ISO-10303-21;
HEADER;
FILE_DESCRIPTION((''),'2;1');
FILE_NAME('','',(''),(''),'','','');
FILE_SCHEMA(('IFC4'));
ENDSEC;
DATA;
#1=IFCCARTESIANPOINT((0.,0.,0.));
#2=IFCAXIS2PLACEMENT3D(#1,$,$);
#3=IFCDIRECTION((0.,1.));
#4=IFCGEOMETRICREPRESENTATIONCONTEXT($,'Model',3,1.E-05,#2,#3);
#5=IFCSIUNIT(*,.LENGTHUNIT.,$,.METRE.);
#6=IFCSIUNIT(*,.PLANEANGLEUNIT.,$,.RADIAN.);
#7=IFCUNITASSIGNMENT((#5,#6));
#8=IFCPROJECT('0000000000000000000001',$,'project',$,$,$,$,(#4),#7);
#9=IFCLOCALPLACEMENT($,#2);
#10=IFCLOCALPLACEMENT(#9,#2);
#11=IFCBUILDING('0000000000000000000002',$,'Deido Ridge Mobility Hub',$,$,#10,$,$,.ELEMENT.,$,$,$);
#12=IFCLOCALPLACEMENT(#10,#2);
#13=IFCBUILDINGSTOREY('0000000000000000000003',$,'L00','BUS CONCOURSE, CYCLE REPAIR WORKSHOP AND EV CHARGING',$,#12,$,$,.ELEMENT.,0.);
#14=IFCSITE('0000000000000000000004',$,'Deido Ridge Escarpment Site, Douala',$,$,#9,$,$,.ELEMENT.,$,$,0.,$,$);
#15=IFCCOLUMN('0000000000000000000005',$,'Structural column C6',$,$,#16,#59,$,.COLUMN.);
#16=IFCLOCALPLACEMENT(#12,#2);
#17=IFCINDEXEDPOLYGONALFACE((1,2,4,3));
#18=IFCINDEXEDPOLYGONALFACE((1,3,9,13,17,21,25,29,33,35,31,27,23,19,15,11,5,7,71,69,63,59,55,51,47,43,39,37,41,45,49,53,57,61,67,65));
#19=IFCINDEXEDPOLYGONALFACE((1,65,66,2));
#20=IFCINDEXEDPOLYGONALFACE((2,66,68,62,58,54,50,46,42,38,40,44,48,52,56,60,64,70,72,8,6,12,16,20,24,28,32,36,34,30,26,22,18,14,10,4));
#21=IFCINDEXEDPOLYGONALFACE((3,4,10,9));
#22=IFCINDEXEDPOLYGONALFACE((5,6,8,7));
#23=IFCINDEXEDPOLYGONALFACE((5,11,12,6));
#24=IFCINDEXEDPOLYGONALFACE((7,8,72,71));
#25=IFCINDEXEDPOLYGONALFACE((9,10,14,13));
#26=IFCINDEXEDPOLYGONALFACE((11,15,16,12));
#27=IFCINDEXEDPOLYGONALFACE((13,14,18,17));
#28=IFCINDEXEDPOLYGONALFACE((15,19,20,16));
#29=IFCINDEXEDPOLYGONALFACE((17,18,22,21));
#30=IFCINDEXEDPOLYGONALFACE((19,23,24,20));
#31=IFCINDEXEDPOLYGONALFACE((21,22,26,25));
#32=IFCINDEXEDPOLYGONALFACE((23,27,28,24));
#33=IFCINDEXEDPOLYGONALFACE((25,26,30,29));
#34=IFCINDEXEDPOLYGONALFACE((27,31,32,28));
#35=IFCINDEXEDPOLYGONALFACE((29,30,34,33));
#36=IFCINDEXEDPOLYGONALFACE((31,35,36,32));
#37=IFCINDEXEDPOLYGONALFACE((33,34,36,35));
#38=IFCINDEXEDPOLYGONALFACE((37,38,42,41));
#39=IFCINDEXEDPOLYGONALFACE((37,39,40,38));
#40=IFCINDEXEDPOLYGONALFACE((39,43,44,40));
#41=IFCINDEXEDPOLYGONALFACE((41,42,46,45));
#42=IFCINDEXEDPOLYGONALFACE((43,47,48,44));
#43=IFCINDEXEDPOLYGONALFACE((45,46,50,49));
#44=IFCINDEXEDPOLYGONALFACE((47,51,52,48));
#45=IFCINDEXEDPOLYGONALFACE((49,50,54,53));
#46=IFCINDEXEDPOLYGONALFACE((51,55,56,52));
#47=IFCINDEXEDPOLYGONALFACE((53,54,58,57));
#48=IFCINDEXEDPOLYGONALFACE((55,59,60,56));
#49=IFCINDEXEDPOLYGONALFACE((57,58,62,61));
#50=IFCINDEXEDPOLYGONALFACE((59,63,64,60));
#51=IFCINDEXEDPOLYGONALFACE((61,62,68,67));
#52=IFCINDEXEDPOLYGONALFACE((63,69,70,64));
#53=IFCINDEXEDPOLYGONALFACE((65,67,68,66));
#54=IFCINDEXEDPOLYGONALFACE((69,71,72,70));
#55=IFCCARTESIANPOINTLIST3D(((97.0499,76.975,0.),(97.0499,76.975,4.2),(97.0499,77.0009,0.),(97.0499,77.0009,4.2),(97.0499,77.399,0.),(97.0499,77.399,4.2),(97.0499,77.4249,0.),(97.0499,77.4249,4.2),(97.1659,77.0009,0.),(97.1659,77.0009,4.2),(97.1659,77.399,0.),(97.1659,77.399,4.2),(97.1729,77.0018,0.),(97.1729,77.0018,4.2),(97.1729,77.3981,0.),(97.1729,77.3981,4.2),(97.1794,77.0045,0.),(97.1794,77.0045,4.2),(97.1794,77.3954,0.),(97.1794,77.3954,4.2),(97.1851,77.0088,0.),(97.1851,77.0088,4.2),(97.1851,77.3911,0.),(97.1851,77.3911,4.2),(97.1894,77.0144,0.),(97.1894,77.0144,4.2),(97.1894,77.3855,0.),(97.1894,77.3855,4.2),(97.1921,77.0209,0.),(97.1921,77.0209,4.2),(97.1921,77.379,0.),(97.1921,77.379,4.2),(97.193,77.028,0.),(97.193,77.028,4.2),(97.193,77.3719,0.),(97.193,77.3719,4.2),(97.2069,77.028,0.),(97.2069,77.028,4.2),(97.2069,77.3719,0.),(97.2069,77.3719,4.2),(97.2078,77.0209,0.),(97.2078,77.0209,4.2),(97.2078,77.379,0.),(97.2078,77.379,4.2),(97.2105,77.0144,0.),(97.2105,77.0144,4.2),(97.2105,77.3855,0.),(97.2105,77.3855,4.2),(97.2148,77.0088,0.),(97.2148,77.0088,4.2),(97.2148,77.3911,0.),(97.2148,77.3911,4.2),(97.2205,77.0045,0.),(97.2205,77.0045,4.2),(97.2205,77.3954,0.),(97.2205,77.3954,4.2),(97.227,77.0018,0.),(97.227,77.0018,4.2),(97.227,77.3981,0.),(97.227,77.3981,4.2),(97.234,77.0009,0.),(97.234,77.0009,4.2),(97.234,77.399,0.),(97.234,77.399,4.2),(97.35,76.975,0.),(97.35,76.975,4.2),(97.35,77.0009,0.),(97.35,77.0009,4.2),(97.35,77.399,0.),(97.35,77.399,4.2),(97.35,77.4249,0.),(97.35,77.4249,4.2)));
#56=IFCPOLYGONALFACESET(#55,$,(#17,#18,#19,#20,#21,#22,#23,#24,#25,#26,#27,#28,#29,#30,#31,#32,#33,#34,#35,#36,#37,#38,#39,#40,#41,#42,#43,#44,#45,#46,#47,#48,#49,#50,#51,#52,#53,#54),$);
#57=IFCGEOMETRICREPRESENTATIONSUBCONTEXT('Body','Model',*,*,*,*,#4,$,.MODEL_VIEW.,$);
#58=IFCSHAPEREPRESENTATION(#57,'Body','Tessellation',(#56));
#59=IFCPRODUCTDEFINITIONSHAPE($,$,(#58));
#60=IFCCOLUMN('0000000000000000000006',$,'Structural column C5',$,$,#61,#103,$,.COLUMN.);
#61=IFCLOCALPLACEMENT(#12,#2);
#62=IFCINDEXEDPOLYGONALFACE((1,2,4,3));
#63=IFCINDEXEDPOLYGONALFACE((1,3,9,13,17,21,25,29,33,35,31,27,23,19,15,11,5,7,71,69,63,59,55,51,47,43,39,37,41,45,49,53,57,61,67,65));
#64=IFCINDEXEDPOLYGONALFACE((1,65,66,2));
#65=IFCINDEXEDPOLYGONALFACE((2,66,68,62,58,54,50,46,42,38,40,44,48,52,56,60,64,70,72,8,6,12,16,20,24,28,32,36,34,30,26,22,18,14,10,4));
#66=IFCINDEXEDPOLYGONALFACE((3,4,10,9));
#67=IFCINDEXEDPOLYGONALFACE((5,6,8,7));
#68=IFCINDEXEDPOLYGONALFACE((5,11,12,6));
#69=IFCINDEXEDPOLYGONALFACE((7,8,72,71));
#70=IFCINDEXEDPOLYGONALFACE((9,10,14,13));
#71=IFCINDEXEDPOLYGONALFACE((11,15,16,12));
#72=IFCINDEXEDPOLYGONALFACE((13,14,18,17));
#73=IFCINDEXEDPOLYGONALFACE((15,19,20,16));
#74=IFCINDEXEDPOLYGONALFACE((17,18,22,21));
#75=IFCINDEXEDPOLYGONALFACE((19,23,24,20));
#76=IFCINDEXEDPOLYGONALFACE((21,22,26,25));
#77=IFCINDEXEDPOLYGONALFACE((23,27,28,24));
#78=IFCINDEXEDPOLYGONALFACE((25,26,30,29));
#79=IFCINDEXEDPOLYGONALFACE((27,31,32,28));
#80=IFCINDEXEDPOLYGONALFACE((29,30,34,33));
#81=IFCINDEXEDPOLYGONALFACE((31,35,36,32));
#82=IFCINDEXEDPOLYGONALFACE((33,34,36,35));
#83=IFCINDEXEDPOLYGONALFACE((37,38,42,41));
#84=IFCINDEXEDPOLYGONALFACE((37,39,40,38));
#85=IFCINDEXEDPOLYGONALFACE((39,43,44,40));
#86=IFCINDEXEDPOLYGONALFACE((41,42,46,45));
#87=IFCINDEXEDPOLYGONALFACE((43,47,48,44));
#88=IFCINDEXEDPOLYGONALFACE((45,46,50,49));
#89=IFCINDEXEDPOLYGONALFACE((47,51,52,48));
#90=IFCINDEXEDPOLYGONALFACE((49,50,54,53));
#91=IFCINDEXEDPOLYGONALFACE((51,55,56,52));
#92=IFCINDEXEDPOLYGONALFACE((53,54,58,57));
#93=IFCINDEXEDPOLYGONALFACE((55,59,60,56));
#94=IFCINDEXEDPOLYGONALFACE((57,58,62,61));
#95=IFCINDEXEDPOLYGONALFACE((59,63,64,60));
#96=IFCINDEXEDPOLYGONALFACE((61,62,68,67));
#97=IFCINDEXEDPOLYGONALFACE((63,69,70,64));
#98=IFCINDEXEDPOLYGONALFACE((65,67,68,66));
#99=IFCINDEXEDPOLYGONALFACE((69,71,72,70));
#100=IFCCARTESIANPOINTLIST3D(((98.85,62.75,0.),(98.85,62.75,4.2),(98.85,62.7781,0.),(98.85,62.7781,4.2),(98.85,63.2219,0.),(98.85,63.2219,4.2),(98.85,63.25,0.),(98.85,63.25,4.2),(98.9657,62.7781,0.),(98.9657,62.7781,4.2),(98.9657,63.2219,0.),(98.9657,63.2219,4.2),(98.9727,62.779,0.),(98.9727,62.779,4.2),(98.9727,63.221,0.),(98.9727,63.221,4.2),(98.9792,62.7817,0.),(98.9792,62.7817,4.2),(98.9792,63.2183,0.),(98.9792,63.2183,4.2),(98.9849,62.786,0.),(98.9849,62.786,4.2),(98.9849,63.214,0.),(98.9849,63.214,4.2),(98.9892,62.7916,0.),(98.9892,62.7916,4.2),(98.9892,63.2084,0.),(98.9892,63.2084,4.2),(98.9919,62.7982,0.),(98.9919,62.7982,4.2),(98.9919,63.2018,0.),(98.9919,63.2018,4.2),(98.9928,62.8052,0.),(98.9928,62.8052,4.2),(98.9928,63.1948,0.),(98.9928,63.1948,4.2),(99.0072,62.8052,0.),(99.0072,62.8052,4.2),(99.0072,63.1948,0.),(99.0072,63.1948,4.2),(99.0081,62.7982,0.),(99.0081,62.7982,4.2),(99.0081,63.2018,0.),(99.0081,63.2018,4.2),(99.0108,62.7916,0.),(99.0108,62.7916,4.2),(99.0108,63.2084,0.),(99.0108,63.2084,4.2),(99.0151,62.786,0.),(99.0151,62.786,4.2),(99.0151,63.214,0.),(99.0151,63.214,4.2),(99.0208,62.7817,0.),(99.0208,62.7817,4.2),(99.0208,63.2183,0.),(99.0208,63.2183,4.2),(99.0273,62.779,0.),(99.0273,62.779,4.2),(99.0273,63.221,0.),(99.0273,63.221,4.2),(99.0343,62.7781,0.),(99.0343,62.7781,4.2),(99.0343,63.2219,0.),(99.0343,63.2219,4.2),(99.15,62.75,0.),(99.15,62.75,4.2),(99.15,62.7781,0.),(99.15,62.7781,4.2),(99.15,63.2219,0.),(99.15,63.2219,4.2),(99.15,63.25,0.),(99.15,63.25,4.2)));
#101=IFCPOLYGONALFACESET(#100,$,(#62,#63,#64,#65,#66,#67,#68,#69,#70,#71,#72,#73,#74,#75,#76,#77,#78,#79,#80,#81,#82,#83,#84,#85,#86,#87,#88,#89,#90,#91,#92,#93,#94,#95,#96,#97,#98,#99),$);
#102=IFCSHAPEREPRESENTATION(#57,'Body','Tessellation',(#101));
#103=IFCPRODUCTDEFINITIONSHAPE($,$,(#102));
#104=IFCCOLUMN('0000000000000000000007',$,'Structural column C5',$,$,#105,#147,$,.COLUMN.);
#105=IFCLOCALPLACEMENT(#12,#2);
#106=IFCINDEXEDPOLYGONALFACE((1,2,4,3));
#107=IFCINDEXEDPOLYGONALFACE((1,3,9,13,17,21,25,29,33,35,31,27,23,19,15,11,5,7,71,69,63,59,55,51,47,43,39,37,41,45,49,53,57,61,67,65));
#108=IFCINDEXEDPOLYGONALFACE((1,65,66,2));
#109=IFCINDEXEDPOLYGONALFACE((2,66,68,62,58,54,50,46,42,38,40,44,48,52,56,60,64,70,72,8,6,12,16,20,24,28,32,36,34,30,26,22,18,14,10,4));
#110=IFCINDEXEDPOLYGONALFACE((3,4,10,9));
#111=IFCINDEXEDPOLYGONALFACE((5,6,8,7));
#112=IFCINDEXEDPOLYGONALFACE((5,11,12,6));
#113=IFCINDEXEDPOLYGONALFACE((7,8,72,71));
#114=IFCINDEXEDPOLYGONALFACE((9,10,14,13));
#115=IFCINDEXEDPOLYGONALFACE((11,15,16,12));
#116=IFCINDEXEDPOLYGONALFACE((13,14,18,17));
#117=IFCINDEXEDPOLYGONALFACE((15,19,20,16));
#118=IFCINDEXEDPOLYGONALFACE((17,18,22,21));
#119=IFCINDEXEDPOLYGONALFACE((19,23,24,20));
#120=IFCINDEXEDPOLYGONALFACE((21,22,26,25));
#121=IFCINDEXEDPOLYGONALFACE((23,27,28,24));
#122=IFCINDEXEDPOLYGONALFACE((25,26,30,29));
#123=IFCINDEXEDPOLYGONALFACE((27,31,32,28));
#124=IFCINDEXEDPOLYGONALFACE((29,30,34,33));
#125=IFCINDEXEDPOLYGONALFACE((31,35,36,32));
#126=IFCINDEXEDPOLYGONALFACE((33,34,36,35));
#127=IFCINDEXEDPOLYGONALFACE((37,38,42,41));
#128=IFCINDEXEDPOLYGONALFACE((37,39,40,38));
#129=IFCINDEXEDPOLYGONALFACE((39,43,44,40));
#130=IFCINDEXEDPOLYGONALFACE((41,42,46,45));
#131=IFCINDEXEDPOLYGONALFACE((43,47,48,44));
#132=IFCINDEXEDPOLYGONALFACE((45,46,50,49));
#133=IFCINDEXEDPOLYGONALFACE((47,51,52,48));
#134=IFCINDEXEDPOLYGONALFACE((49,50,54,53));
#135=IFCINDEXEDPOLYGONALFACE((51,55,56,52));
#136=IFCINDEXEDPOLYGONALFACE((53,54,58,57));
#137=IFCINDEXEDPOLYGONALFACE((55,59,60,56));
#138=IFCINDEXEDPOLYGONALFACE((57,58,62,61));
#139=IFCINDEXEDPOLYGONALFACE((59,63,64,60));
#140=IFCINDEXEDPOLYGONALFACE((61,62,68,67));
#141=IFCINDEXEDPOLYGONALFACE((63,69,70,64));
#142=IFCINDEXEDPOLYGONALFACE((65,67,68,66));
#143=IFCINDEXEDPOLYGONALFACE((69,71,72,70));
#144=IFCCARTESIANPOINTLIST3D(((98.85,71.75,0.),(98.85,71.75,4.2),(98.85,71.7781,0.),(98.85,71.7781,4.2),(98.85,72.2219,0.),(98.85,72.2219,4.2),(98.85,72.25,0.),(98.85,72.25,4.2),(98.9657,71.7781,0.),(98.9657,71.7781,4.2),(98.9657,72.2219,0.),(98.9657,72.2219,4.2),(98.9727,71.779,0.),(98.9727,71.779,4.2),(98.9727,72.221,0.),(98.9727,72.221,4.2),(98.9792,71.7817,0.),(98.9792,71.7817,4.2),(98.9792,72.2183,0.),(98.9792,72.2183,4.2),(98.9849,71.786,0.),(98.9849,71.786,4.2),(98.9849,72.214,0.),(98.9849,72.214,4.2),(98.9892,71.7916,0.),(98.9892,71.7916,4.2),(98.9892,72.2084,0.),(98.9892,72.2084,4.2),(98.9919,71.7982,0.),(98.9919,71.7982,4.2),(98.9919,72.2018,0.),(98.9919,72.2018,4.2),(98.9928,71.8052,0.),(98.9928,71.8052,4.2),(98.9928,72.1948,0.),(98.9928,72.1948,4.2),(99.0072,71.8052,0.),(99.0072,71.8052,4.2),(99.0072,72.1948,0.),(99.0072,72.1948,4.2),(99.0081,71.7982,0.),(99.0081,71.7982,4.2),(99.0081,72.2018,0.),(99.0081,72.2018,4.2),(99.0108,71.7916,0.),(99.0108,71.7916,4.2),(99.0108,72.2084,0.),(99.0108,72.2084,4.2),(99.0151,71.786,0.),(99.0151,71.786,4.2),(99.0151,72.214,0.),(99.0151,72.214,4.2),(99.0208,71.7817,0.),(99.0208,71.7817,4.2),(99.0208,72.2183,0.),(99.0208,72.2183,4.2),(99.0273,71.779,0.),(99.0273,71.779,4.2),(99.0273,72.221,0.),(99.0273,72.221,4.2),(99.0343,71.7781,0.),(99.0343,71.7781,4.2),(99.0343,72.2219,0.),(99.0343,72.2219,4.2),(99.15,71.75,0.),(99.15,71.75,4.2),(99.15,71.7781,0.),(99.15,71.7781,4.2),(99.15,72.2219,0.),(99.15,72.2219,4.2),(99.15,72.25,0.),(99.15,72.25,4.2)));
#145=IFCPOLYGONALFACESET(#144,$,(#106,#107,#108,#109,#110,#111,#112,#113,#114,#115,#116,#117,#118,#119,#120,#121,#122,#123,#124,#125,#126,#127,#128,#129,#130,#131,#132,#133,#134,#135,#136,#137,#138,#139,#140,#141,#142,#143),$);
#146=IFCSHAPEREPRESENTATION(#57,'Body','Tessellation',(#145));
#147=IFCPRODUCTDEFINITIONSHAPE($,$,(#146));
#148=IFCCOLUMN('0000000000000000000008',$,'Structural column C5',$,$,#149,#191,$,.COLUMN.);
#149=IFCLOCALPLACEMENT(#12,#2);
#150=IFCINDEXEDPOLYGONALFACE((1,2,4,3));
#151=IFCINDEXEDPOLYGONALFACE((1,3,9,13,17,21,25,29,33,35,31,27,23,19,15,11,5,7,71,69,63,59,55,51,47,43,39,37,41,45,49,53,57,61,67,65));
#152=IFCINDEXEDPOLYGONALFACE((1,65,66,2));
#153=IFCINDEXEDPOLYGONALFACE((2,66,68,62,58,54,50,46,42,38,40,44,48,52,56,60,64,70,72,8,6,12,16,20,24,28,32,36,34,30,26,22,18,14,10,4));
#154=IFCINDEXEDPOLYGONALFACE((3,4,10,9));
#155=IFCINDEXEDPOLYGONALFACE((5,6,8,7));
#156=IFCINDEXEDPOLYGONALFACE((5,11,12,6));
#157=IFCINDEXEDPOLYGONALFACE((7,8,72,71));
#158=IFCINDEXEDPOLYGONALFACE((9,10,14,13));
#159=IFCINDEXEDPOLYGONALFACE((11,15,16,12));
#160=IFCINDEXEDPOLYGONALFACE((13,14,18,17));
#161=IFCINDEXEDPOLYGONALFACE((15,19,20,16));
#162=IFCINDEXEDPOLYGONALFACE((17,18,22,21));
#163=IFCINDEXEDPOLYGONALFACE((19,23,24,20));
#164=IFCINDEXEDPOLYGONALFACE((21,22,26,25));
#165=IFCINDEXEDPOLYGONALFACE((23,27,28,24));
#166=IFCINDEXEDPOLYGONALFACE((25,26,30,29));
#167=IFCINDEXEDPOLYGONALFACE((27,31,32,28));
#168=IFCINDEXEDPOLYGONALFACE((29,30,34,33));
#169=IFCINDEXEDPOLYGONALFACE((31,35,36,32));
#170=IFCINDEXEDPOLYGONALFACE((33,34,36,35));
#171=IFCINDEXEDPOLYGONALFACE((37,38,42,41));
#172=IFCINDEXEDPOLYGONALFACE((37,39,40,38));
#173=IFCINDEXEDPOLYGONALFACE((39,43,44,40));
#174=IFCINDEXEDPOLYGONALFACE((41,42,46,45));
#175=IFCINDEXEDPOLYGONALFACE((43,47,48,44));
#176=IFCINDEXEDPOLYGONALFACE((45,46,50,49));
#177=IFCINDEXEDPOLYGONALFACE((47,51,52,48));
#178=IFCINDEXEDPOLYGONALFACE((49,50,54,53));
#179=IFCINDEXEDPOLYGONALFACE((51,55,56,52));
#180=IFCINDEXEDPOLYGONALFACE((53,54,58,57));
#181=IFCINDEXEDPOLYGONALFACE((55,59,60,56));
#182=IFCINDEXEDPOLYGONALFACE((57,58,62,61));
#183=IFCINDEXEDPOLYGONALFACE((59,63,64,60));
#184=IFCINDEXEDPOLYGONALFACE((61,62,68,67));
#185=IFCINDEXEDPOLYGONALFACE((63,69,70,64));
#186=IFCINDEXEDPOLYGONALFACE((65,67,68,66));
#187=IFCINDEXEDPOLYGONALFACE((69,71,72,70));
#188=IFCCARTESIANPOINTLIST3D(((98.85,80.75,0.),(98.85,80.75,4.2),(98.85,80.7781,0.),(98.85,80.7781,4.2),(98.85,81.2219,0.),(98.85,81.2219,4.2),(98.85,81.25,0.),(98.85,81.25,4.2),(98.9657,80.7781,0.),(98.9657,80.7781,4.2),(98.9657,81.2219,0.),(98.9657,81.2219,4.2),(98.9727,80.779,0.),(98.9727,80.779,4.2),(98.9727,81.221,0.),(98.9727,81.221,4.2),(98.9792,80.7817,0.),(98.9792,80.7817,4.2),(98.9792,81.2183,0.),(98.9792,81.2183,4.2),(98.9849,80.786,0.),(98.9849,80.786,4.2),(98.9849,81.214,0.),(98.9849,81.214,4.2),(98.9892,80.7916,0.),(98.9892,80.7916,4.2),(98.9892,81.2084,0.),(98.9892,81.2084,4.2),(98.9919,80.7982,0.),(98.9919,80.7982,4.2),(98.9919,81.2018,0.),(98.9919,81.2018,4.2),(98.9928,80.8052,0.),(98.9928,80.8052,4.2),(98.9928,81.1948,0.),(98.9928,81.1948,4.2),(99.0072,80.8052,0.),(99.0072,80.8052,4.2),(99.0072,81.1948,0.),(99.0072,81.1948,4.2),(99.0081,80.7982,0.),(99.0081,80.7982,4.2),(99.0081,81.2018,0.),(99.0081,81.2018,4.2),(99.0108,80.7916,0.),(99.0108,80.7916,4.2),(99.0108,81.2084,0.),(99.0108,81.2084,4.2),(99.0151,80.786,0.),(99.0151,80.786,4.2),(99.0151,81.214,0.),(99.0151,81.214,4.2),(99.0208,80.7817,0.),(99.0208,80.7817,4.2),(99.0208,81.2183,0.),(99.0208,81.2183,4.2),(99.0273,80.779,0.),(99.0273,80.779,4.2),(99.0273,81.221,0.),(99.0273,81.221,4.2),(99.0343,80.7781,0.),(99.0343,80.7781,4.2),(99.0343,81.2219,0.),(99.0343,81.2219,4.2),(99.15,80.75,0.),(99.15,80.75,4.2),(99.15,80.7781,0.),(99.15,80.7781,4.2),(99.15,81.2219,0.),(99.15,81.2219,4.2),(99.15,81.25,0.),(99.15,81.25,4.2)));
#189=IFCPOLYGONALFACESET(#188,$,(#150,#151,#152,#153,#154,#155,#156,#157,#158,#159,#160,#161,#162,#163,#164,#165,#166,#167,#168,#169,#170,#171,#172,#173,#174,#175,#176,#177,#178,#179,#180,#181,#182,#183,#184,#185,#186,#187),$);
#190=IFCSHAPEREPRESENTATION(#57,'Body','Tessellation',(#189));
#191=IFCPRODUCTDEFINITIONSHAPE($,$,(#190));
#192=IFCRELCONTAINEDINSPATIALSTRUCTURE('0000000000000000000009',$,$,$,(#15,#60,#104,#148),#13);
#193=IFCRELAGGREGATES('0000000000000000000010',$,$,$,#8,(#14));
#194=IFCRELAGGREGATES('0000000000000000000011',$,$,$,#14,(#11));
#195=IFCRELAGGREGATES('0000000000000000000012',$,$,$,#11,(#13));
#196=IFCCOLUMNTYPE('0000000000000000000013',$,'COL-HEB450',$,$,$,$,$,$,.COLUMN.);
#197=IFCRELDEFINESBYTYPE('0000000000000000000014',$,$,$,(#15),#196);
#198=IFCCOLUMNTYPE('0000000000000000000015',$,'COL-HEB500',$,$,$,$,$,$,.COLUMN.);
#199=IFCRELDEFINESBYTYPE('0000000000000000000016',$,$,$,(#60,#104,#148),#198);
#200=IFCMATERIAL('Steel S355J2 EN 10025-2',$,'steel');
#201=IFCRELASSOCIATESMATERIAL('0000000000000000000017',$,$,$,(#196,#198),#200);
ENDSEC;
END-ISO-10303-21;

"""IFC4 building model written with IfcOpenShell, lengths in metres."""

from ifc_helpers import new_model, si_unit, direction, frame, origin, origin_2d, place, context, subcontext, project, spatial, i_section, extrude, material, material_profile, profile_set, type_object, element, save


model = new_model("IFC4")

# Units and contexts
model_context = context("Model", 3, precision=1e-05, world=origin(), true_north=direction((0.0, 1.0)))
body_context = subcontext(model_context, "Body", "Model", "MODEL_VIEW")
ifc_project = project(units=[si_unit("LENGTHUNIT", "METRE"), si_unit("PLANEANGLEUNIT", "RADIAN")], contexts=[model_context])

# Site, building, storey
site_placement = place(None, origin())
site = spatial("IfcSite", under=ifc_project, at=site_placement, Name="Deido Ridge Escarpment Site, Douala", CompositionType="ELEMENT", RefElevation=0.0)
building_placement = place(site_placement, origin())
building = spatial("IfcBuilding", under=site, at=building_placement, Name="Deido Ridge Mobility Hub", CompositionType="ELEMENT")
storey_placement = place(building_placement, origin())
storey = spatial("IfcBuildingStorey", under=building, at=storey_placement, Name="L00", Description="BUS CONCOURSE, CYCLE REPAIR WORKSHOP AND EV CHARGING", CompositionType="ELEMENT", Elevation=0.0)

# Columns
ifc_material_1 = material(Name="Steel S355J2 EN 10025-2", Category="steel")
ifc_material_profile_1 = material_profile(ifc_material_1, i_section(OverallWidth=0.3, OverallDepth=0.45, WebThickness=0.0139, FlangeThickness=0.0259, FilletRadius=0.0271, at=origin_2d()), Name="HEB 450")
ifc_profile_set_1 = profile_set([ifc_material_profile_1], Name="Steel S355J2 EN 10025-2")
column_type_1 = type_object("IfcColumnType", Name="COL-HEB450", PredefinedType="COLUMN", material=ifc_profile_set_1)
for number, where, z_axis, x_axis, name in (
    (1, (97.2, 77.2, 0.0), (0.0, 0.0, 1.0), (1.0, 0.0, 0.0), "Structural column C6"),
):
    element("IfcColumn", number, at=place(storey_placement, frame(where, z_axis=z_axis, x_axis=x_axis)), inside=storey, type_object=column_type_1, Name=name, PredefinedType="COLUMN", context=body_context, shape_type="SweptSolid", body=[
        extrude(i_section(OverallWidth=0.3, OverallDepth=0.45, WebThickness=0.0139, FlangeThickness=0.0259, FilletRadius=0.0271, at=origin_2d()), origin(), (0.0, 0.0, 1.0), 4.2),
    ])
ifc_material_profile_2 = material_profile(ifc_material_1, i_section(OverallWidth=0.3, OverallDepth=0.5, WebThickness=0.0144, FlangeThickness=0.0281, FilletRadius=0.0271, at=origin_2d()), Name="HEB 500")
ifc_profile_set_2 = profile_set([ifc_material_profile_2], Name="Steel S355J2 EN 10025-2")
column_type_2 = type_object("IfcColumnType", Name="COL-HEB500", PredefinedType="COLUMN", material=ifc_profile_set_2)
for number, where, z_axis, x_axis, name in (
    (2, (99.0, 63.0, 0.0), (0.0, 0.0, 1.0), (1.0, 0.0, 0.0), "Structural column C5"),
    (3, (99.0, 72.0, 0.0), (0.0, 0.0, 1.0), (1.0, 0.0, 0.0), "Structural column C5"),
    (4, (99.0, 81.0, 0.0), (0.0, 0.0, 1.0), (1.0, 0.0, 0.0), "Structural column C5"),
):
    element("IfcColumn", number, at=place(storey_placement, frame(where, z_axis=z_axis, x_axis=x_axis)), inside=storey, type_object=column_type_2, Name=name, PredefinedType="COLUMN", context=body_context, shape_type="SweptSolid", body=[
        extrude(i_section(OverallWidth=0.3, OverallDepth=0.5, WebThickness=0.0144, FlangeThickness=0.0281, FilletRadius=0.0271, at=origin_2d()), origin(), (0.0, 0.0, 1.0), 4.2),
    ])

save(model, "model.ifc")
